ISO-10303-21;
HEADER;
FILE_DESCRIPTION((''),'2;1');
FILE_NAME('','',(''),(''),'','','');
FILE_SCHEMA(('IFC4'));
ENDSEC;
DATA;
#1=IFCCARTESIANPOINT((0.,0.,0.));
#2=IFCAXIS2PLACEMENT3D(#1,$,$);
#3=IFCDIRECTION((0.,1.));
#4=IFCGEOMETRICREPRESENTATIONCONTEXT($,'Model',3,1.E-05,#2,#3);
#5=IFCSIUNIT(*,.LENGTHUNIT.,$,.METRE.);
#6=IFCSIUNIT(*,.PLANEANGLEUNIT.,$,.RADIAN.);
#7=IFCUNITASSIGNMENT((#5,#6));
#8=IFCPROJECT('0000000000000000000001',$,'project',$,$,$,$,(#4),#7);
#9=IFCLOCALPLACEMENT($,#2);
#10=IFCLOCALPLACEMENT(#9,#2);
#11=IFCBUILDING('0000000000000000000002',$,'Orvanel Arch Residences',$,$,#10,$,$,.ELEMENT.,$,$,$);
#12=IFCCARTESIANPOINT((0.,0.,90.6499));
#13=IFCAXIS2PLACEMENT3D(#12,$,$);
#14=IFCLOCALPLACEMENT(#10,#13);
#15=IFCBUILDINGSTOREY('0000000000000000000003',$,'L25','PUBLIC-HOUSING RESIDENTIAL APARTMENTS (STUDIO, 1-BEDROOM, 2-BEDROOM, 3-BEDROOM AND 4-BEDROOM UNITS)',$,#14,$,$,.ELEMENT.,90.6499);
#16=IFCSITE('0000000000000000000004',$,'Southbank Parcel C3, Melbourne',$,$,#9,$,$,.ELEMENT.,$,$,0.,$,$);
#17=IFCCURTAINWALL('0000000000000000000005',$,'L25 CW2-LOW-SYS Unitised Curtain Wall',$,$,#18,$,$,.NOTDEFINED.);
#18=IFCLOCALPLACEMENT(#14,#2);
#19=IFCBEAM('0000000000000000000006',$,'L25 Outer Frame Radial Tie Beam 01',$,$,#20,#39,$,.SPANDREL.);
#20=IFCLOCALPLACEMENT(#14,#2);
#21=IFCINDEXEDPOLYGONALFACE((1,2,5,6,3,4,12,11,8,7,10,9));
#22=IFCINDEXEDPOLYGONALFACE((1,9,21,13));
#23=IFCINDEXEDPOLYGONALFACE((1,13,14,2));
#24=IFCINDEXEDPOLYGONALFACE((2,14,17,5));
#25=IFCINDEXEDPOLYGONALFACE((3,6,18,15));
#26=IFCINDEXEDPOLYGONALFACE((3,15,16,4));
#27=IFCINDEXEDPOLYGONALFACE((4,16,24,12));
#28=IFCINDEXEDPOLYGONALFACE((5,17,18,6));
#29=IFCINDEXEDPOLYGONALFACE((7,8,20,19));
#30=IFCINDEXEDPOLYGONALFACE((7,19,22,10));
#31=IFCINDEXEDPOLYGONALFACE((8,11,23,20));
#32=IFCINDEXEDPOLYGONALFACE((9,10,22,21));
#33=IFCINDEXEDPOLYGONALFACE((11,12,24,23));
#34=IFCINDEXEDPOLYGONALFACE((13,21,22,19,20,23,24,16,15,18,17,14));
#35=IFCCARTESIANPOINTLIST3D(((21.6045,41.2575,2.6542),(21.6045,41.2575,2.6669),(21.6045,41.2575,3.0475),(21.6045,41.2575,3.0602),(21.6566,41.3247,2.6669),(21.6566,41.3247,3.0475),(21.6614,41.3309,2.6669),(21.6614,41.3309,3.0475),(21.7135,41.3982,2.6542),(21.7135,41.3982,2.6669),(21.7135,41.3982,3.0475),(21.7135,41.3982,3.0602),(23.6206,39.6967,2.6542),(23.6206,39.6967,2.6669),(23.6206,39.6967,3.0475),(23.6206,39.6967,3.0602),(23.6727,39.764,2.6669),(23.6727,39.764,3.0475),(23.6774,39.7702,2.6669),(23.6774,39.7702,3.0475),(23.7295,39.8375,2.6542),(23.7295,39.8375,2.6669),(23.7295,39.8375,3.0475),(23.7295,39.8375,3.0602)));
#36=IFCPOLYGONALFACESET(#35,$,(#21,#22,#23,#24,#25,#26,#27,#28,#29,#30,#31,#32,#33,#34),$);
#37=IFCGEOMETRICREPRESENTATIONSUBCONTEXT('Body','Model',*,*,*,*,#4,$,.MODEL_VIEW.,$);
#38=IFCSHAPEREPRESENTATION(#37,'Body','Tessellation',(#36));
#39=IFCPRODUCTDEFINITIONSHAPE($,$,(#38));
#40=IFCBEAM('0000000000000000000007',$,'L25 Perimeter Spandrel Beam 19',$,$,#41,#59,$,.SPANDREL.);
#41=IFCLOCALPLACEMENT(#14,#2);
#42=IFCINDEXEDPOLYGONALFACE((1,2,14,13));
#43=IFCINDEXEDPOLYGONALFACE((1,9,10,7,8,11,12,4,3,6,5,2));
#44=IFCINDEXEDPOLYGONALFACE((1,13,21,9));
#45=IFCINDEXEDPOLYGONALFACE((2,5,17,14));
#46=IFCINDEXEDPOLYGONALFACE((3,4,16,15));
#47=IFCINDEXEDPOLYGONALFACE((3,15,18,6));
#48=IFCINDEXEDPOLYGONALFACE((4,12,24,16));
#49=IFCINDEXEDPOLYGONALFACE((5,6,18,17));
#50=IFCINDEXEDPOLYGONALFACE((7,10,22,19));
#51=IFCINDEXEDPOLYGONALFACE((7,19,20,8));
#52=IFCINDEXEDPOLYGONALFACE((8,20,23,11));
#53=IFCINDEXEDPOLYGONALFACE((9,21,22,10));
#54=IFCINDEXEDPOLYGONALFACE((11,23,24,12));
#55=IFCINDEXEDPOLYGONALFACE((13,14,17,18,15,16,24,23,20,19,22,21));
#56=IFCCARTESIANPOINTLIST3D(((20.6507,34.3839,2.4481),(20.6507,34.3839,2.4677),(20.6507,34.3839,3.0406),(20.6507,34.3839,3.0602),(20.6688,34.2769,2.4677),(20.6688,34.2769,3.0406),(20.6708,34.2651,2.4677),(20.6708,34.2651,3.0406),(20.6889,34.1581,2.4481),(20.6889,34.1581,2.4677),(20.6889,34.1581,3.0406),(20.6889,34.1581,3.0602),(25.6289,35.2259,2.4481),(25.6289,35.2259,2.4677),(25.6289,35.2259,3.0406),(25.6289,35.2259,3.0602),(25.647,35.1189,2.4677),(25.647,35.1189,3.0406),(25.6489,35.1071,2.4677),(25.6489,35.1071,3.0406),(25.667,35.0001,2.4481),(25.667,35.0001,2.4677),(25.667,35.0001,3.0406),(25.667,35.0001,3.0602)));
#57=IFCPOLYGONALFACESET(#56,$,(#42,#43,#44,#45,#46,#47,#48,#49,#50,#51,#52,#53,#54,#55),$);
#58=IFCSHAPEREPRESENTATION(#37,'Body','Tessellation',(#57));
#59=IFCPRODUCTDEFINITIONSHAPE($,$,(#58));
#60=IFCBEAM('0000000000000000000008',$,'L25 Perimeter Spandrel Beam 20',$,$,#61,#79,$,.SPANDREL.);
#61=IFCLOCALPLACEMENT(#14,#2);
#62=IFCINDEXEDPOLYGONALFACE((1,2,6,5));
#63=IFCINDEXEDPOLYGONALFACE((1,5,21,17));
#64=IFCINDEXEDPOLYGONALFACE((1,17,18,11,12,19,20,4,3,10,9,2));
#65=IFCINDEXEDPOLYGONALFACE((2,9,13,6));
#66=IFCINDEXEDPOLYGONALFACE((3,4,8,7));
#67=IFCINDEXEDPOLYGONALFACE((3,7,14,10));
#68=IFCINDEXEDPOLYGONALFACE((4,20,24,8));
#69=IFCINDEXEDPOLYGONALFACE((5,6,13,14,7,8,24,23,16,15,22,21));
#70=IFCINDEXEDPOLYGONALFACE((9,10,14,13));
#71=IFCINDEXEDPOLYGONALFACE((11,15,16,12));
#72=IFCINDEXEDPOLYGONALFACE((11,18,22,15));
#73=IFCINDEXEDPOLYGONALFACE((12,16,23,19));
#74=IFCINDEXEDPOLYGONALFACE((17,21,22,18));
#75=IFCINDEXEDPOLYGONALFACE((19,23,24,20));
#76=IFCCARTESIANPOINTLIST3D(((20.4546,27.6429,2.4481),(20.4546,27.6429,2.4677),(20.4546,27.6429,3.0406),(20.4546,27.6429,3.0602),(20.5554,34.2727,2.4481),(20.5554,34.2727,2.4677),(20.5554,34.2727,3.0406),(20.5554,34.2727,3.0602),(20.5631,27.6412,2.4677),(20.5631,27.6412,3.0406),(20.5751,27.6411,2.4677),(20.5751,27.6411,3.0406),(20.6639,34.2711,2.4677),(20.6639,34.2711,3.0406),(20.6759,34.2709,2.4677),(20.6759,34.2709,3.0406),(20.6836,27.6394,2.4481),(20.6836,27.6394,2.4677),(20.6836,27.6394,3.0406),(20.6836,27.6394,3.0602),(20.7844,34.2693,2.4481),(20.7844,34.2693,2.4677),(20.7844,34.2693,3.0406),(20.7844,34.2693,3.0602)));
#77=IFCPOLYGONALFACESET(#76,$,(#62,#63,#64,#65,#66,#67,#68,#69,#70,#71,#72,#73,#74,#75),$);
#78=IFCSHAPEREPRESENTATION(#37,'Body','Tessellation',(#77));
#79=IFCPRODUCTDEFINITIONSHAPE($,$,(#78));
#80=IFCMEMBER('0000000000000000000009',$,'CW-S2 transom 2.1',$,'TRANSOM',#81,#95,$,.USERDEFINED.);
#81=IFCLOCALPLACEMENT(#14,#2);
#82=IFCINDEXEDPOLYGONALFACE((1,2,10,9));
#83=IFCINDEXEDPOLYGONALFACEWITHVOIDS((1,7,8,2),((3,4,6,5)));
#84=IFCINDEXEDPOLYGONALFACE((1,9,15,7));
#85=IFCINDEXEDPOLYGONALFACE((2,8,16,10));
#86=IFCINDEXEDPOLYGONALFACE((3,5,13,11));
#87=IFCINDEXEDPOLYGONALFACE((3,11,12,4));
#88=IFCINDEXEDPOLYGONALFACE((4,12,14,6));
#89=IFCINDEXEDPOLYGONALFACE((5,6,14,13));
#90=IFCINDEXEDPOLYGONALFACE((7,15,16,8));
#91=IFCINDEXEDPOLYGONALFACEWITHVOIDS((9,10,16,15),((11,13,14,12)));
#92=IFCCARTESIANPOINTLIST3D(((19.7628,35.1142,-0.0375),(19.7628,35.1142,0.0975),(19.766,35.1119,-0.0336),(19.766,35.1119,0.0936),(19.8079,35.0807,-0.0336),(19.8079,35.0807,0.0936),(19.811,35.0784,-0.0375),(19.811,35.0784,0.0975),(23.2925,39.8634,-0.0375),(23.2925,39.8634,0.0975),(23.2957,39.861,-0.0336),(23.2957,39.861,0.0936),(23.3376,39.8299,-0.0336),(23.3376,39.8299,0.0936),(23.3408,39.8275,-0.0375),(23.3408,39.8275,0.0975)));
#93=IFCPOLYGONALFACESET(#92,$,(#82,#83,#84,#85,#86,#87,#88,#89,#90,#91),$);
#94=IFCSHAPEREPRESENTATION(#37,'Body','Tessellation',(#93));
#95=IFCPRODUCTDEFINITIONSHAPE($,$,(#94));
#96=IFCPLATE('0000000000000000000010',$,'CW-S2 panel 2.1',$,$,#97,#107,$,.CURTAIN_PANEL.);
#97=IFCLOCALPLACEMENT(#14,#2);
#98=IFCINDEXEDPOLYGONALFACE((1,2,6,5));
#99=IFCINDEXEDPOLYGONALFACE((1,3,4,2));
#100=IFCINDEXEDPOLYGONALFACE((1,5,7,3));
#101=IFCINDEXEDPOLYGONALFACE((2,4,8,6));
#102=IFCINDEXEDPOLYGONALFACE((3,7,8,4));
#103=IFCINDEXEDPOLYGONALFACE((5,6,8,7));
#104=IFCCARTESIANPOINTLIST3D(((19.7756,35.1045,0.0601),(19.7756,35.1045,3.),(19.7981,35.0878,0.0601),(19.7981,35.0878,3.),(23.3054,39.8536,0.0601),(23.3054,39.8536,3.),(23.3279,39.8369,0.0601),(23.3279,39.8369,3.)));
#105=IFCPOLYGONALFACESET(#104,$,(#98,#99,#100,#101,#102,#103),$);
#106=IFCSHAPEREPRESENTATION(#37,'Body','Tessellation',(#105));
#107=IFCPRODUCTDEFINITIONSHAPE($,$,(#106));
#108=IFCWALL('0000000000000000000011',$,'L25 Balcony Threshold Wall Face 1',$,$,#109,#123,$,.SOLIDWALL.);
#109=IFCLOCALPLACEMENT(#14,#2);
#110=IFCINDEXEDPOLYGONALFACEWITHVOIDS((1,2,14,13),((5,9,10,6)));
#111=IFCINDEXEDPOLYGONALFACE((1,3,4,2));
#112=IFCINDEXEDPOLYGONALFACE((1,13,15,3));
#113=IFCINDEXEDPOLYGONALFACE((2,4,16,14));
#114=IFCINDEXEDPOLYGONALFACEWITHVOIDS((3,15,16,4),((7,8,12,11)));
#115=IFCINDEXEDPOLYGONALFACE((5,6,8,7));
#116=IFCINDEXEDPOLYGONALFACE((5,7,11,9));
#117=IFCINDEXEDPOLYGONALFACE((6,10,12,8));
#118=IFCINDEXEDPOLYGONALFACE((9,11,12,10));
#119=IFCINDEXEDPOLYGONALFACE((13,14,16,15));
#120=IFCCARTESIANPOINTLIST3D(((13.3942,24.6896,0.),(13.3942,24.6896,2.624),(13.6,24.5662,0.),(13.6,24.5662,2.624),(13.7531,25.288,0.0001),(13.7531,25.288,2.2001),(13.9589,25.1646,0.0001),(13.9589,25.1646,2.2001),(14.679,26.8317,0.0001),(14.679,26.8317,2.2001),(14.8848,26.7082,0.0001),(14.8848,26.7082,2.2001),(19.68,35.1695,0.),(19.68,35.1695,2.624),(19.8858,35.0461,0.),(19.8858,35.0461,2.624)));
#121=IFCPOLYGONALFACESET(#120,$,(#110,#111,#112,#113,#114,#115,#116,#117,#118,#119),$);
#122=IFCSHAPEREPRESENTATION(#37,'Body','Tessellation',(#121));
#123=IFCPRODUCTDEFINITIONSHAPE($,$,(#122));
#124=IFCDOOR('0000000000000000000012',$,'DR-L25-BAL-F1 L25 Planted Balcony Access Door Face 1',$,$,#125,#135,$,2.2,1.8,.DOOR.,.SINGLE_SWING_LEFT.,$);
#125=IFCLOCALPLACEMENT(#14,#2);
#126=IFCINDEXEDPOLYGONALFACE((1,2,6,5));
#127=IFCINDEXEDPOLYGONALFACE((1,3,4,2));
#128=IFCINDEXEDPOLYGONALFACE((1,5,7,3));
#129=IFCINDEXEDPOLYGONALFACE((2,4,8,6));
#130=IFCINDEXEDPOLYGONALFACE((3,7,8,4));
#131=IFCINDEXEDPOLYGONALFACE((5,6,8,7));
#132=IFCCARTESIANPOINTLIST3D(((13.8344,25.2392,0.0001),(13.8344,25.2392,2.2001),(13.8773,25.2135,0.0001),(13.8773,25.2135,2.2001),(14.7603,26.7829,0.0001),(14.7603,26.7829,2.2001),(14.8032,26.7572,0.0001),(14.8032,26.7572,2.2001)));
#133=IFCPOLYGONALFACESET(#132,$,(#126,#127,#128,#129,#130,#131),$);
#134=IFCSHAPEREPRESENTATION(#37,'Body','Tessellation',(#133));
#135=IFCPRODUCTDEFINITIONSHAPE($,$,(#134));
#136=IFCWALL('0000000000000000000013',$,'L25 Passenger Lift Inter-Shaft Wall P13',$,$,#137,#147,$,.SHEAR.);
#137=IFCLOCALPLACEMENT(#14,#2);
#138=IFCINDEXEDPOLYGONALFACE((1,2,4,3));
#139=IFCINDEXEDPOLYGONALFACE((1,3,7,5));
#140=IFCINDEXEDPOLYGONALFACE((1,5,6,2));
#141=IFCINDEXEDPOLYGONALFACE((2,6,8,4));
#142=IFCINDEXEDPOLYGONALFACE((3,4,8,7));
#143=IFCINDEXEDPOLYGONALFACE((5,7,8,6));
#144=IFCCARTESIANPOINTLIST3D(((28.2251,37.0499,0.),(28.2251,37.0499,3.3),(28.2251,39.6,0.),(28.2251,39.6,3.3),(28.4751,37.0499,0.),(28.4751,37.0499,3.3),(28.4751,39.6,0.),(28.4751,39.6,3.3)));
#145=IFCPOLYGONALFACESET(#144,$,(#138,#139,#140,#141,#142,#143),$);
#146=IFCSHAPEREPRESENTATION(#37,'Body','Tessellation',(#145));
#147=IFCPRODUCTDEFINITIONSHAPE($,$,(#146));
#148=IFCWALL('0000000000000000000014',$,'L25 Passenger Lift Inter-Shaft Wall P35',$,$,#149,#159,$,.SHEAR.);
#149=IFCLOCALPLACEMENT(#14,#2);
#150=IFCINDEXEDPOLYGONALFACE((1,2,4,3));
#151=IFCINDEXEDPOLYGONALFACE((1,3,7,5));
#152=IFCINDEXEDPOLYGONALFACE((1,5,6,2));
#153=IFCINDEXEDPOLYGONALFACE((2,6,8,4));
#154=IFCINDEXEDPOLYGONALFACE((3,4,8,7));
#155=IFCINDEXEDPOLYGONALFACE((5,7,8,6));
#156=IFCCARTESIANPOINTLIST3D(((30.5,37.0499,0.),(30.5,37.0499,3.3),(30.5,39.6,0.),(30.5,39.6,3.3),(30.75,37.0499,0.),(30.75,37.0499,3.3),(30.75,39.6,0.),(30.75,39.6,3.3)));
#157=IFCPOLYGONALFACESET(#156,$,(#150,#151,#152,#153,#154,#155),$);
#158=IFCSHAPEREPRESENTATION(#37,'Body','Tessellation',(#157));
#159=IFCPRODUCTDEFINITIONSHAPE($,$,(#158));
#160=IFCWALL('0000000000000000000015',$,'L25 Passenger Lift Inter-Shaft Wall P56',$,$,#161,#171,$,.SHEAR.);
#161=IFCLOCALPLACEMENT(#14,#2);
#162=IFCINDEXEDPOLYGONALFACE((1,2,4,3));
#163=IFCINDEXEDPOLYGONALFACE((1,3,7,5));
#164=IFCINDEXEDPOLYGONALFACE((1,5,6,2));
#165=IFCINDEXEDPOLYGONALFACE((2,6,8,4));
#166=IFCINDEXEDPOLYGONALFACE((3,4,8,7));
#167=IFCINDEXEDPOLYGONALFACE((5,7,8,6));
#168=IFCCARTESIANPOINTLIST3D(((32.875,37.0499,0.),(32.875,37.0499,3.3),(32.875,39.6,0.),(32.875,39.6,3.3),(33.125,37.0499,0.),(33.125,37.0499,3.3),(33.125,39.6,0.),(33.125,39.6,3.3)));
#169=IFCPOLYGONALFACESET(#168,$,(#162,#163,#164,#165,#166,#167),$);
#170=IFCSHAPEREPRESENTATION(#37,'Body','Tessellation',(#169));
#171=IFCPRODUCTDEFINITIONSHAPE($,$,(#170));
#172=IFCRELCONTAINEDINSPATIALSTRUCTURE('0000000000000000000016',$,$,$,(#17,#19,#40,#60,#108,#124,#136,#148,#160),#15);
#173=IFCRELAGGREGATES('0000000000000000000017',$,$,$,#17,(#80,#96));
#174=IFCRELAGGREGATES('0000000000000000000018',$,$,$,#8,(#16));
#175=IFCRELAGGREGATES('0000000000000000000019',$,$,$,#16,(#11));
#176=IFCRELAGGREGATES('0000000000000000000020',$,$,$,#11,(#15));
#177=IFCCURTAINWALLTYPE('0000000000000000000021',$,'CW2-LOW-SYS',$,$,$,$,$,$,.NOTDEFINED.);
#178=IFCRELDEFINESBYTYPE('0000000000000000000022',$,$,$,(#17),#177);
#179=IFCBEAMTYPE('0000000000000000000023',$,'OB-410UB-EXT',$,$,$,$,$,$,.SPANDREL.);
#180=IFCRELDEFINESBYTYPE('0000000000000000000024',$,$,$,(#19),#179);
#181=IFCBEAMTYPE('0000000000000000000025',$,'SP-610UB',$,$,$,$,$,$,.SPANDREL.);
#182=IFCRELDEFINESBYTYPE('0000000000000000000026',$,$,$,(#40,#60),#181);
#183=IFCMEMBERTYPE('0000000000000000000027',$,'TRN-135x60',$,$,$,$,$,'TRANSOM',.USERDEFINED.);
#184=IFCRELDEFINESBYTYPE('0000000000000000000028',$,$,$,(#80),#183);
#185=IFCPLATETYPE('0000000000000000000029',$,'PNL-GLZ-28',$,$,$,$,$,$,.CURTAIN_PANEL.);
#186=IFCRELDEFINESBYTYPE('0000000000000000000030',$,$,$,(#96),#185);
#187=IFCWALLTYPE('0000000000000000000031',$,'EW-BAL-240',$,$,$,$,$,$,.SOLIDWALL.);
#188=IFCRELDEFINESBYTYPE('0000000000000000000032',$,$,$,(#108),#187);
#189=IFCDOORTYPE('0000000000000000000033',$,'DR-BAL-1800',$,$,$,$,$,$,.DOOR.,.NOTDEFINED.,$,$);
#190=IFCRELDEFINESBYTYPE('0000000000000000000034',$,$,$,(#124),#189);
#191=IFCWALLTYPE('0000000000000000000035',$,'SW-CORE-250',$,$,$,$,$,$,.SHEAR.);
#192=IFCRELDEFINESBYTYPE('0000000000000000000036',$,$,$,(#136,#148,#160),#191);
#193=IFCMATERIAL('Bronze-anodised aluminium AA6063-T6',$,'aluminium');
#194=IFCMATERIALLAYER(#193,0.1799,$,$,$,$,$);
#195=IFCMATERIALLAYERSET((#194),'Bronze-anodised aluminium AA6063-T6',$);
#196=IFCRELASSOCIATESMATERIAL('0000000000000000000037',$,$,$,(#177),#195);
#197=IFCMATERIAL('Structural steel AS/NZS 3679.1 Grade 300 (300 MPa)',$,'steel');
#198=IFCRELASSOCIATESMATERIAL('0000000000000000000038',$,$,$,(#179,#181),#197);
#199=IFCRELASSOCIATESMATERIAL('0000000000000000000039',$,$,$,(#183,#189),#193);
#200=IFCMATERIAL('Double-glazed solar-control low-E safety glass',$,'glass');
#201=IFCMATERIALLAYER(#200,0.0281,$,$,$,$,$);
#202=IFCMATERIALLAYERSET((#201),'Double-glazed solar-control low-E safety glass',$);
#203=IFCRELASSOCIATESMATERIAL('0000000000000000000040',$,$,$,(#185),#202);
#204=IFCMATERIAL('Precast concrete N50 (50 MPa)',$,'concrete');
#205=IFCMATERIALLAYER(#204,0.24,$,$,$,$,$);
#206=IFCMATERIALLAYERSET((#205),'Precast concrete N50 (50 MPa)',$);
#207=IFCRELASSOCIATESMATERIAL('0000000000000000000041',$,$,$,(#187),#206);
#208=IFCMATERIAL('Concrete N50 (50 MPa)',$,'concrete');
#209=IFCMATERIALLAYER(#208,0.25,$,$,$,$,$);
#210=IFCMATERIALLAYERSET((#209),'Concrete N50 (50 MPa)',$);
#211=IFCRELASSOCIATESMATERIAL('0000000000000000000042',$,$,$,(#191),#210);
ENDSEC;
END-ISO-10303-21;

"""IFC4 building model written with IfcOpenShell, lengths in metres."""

from ifc_helpers import new_model, si_unit, direction, frame, frame_2d, origin, origin_2d, place, context, subcontext, project, spatial, rectangle, hollow_rectangle, i_section, extrude, material, layer, layer_set, material_profile, profile_set, type_object, element, fill, aggregate, save


model = new_model("IFC4")

# Units and contexts
model_context = context("Model", 3, precision=1e-05, world=origin(), true_north=direction((0.0, 1.0)))
body_context = subcontext(model_context, "Body", "Model", "MODEL_VIEW")
ifc_project = project(units=[si_unit("LENGTHUNIT", "METRE"), si_unit("PLANEANGLEUNIT", "RADIAN")], contexts=[model_context])

# Site, building, storey
site_placement = place(None, origin())
site = spatial("IfcSite", under=ifc_project, at=site_placement, Name="Southbank Parcel C3, Melbourne", CompositionType="ELEMENT", RefElevation=0.0)
building_placement = place(site_placement, origin())
building = spatial("IfcBuilding", under=site, at=building_placement, Name="Orvanel Arch Residences", CompositionType="ELEMENT")
storey_placement = place(building_placement, frame((0.0, 0.0, 90.6499)))
storey = spatial("IfcBuildingStorey", under=building, at=storey_placement, Name="L25", Description="PUBLIC-HOUSING RESIDENTIAL APARTMENTS (STUDIO, 1-BEDROOM, 2-BEDROOM, 3-BEDROOM AND 4-BEDROOM UNITS)", CompositionType="ELEMENT", Elevation=90.6499)

# Shared definitions
ifc_material_1 = material(Name="Structural steel AS/NZS 3679.1 Grade 300 (300 MPa)", Category="steel")

# Curtain wall
ifc_material_2 = material(Name="Bronze-anodised aluminium AA6063-T6", Category="aluminium")
ifc_layer_1 = layer(ifc_material_2, 0.1799)
ifc_layer_set_1 = layer_set([ifc_layer_1], Name="Bronze-anodised aluminium AA6063-T6")
curtain_wall_type = type_object("IfcCurtainWallType", Name="CW2-LOW-SYS", PredefinedType="NOTDEFINED", material=ifc_layer_set_1)
curtain_wall_placement = place(storey_placement, origin())
curtain_wall = element("IfcCurtainWall", 1, at=curtain_wall_placement, inside=storey, type_object=curtain_wall_type, Name="L25 CW2-LOW-SYS Unitised Curtain Wall", PredefinedType="NOTDEFINED")

# Beams
ifc_material_profile_1 = material_profile(ifc_material_1, i_section(OverallWidth=0.178, OverallDepth=0.406, WebThickness=0.0078, FlangeThickness=0.0127, at=origin_2d()), Name="410UB59.7")
ifc_profile_set_1 = profile_set([ifc_material_profile_1], Name="Structural steel AS/NZS 3679.1 Grade 300 (300 MPa)")
beam_type_1 = type_object("IfcBeamType", Name="OB-410UB-EXT", PredefinedType="SPANDREL", material=ifc_profile_set_1)
beam_1_placement = place(storey_placement, frame((23.675, 39.7671, 2.8572), z_axis=(-0.790737, 0.612156, 0.0), x_axis=(-0.612156, -0.790737, 0.0)))
element("IfcBeam", 2, at=beam_1_placement, inside=storey, type_object=beam_type_1, Name="L25 Outer Frame Radial Tie Beam 01", PredefinedType="SPANDREL", context=body_context, shape_type="SweptSolid", body=[
    extrude(i_section(OverallWidth=0.178, OverallDepth=0.406, WebThickness=0.0078, FlangeThickness=0.0127, at=origin_2d()), origin(), (0.0, 0.0, 1.0), 2.5496),
])
ifc_material_profile_2 = material_profile(ifc_material_1, i_section(OverallWidth=0.229, OverallDepth=0.6121, WebThickness=0.012, FlangeThickness=0.0195, at=origin_2d()), Name="610UB125")
ifc_profile_set_2 = profile_set([ifc_material_profile_2], Name="Structural steel AS/NZS 3679.1 Grade 300 (300 MPa)")
beam_type_2 = type_object("IfcBeamType", Name="SP-610UB", PredefinedType="SPANDREL", material=ifc_profile_set_2)
beam_2_placement = place(storey_placement, frame((25.6479, 35.113, 2.7542), z_axis=(-0.985994, -0.166782, 0.0), x_axis=(0.166782, -0.985994, 0.0)))
element("IfcBeam", 3, at=beam_2_placement, inside=storey, type_object=beam_type_2, Name="L25 Perimeter Spandrel Beam 19", PredefinedType="SPANDREL", context=body_context, shape_type="SweptSolid", body=[
    extrude(i_section(OverallWidth=0.229, OverallDepth=0.6121, WebThickness=0.012, FlangeThickness=0.0195, at=origin_2d()), origin(), (0.0, 0.0, 1.0), 5.0488),
])
beam_3_placement = place(storey_placement, frame((20.6699, 34.271, 2.7542), z_axis=(-0.015207, -0.999884, 0.0), x_axis=(0.999884, -0.015207, 0.0)))
element("IfcBeam", 4, at=beam_3_placement, inside=storey, type_object=beam_type_2, Name="L25 Perimeter Spandrel Beam 20", PredefinedType="SPANDREL", context=body_context, shape_type="SweptSolid", body=[
    extrude(i_section(OverallWidth=0.229, OverallDepth=0.6121, WebThickness=0.012, FlangeThickness=0.0195, at=origin_2d()), origin(), (0.0, 0.0, 1.0), 6.6306),
])

# Member
ifc_material_profile_3 = material_profile(ifc_material_2, hollow_rectangle(XDim=0.0601, YDim=0.135, WallThickness=0.0039, at=origin_2d()), Name="ALU135x60x4")
ifc_profile_set_3 = profile_set([ifc_material_profile_3], Name="Bronze-anodised aluminium AA6063-T6")
member_type_1 = type_object("IfcMemberType", Name="TRN-135x60", ElementType="TRANSOM", PredefinedType="USERDEFINED", material=ifc_profile_set_3)
member_1_placement = place(storey_placement, frame((23.3167, 39.8455, 0.03), z_axis=(-0.596515, -0.802602, 0.0), x_axis=(0.802602, -0.596515, 0.0)))
member_1 = element("IfcMember", 5, at=member_1_placement, type_object=member_type_1, Name="CW-S2 transom 2.1", ObjectType="TRANSOM", PredefinedType="USERDEFINED", context=body_context, shape_type="SweptSolid", body=[
    extrude(hollow_rectangle(XDim=0.0601, YDim=0.135, WallThickness=0.0039, at=origin_2d()), origin(), (0.0, 0.0, 1.0), 5.9172),
])

# Plate
ifc_material_3 = material(Name="Double-glazed solar-control low-E safety glass", Category="glass")
ifc_layer_2 = layer(ifc_material_3, 0.0281)
ifc_layer_set_2 = layer_set([ifc_layer_2], Name="Double-glazed solar-control low-E safety glass")
plate_type = type_object("IfcPlateType", Name="PNL-GLZ-28", PredefinedType="CURTAIN_PANEL", material=ifc_layer_set_2)
plate_placement = place(storey_placement, frame((21.5518, 37.4707, 0.0601), z_axis=(0.0, 0.0, 1.0), x_axis=(-0.596527, -0.802593, 0.0)))
plate = element("IfcPlate", 6, at=plate_placement, type_object=plate_type, Name="CW-S2 panel 2.1", PredefinedType="CURTAIN_PANEL", context=body_context, shape_type="SweptSolid", body=[
    extrude(rectangle(XDim=5.9172, YDim=0.0281, at=origin_2d()), origin(), (0.0, 0.0, 1.0), 2.9399),
])
aggregate(curtain_wall, [member_1, plate])

# Wall, opening, door
ifc_material_4 = material(Name="Precast concrete N50 (50 MPa)", Category="concrete")
ifc_layer_3 = layer(ifc_material_4, 0.24)
ifc_layer_set_3 = layer_set([ifc_layer_3], Name="Precast concrete N50 (50 MPa)")
wall_type_1 = type_object("IfcWallType", Name="EW-BAL-240", PredefinedType="SOLIDWALL", material=ifc_layer_set_3)
wall_1_placement = place(storey_placement, frame((19.783, 35.1079, 0.0), z_axis=(0.0, 0.0, 1.0), x_axis=(-0.514369, -0.857569, 0.0)))
wall_1 = element("IfcWall", 7, at=wall_1_placement, inside=storey, type_object=wall_type_1, Name="L25 Balcony Threshold Wall Face 1", PredefinedType="SOLIDWALL", context=body_context, shape_type="SweptSolid", body=[
    extrude(rectangle(XDim=12.2205, YDim=0.24, at=frame_2d((6.1104, 0.0))), origin(), (0.0, 0.0, 1.0), 2.624),
])
opening_1_placement = place(wall_1_placement, frame((9.7229, 0.0, 0.0)))
opening_1 = element("IfcOpeningElement", 8, at=opening_1_placement, cuts=wall_1, PredefinedType="OPENING", context=body_context, shape_type="SweptSolid", body=[
    extrude(rectangle(XDim=1.8, YDim=2.2, at=frame_2d((0.8999, 1.1001))), frame((0.0, 0.1299, 0.0), z_axis=(0.0, -1.0, 0.0), x_axis=(1.0, 0.0, 0.0)), (0.0, 0.0, 1.0), 0.26),
])
door_type_1 = type_object("IfcDoorType", Name="DR-BAL-1800", OperationType="NOTDEFINED", PredefinedType="DOOR", material=ifc_material_2)
door_1_placement = place(opening_1_placement, origin())
door_1 = element("IfcDoor", 9, at=door_1_placement, inside=storey, type_object=door_type_1, Name="DR-L25-BAL-F1 L25 Planted Balcony Access Door Face 1", OperationType="SINGLE_SWING_LEFT", OverallHeight=2.2, OverallWidth=1.8, PredefinedType="DOOR", context=body_context, shape_type="SweptSolid", body=[
    extrude(rectangle(XDim=1.8, YDim=2.2, at=frame_2d((0.8999, 1.1001))), frame((0.0, 0.0249, 0.0), z_axis=(0.0, -1.0, 0.0), x_axis=(1.0, 0.0, 0.0)), (0.0, 0.0, 1.0), 0.05),
])
fill(opening_1, door_1)

# Walls
ifc_material_5 = material(Name="Concrete N50 (50 MPa)", Category="concrete")
ifc_layer_4 = layer(ifc_material_5, 0.25)
ifc_layer_set_4 = layer_set([ifc_layer_4], Name="Concrete N50 (50 MPa)")
wall_type_2 = type_object("IfcWallType", Name="SW-CORE-250", PredefinedType="SHEAR", material=ifc_layer_set_4)
for number, where, z_axis, x_axis, name in (
    (10, (28.3501, 37.05, 0.0), (0.0, 0.0, 1.0), (0.0, 1.0, 0.0), "L25 Passenger Lift Inter-Shaft Wall P13"),
    (11, (30.625, 37.05, 0.0), (0.0, 0.0, 1.0), (0.0, 1.0, 0.0), "L25 Passenger Lift Inter-Shaft Wall P35"),
    (12, (33.0, 37.05, 0.0), (0.0, 0.0, 1.0), (0.0, 1.0, 0.0), "L25 Passenger Lift Inter-Shaft Wall P56"),
):
    element("IfcWall", number, at=place(storey_placement, frame(where, z_axis=z_axis, x_axis=x_axis)), inside=storey, type_object=wall_type_2, Name=name, PredefinedType="SHEAR", context=body_context, shape_type="SweptSolid", body=[
        extrude(rectangle(XDim=2.55, YDim=0.25, at=frame_2d((1.2749, 0.0))), origin(), (0.0, 0.0, 1.0), 3.3),
    ])

save(model, "model.ifc")
